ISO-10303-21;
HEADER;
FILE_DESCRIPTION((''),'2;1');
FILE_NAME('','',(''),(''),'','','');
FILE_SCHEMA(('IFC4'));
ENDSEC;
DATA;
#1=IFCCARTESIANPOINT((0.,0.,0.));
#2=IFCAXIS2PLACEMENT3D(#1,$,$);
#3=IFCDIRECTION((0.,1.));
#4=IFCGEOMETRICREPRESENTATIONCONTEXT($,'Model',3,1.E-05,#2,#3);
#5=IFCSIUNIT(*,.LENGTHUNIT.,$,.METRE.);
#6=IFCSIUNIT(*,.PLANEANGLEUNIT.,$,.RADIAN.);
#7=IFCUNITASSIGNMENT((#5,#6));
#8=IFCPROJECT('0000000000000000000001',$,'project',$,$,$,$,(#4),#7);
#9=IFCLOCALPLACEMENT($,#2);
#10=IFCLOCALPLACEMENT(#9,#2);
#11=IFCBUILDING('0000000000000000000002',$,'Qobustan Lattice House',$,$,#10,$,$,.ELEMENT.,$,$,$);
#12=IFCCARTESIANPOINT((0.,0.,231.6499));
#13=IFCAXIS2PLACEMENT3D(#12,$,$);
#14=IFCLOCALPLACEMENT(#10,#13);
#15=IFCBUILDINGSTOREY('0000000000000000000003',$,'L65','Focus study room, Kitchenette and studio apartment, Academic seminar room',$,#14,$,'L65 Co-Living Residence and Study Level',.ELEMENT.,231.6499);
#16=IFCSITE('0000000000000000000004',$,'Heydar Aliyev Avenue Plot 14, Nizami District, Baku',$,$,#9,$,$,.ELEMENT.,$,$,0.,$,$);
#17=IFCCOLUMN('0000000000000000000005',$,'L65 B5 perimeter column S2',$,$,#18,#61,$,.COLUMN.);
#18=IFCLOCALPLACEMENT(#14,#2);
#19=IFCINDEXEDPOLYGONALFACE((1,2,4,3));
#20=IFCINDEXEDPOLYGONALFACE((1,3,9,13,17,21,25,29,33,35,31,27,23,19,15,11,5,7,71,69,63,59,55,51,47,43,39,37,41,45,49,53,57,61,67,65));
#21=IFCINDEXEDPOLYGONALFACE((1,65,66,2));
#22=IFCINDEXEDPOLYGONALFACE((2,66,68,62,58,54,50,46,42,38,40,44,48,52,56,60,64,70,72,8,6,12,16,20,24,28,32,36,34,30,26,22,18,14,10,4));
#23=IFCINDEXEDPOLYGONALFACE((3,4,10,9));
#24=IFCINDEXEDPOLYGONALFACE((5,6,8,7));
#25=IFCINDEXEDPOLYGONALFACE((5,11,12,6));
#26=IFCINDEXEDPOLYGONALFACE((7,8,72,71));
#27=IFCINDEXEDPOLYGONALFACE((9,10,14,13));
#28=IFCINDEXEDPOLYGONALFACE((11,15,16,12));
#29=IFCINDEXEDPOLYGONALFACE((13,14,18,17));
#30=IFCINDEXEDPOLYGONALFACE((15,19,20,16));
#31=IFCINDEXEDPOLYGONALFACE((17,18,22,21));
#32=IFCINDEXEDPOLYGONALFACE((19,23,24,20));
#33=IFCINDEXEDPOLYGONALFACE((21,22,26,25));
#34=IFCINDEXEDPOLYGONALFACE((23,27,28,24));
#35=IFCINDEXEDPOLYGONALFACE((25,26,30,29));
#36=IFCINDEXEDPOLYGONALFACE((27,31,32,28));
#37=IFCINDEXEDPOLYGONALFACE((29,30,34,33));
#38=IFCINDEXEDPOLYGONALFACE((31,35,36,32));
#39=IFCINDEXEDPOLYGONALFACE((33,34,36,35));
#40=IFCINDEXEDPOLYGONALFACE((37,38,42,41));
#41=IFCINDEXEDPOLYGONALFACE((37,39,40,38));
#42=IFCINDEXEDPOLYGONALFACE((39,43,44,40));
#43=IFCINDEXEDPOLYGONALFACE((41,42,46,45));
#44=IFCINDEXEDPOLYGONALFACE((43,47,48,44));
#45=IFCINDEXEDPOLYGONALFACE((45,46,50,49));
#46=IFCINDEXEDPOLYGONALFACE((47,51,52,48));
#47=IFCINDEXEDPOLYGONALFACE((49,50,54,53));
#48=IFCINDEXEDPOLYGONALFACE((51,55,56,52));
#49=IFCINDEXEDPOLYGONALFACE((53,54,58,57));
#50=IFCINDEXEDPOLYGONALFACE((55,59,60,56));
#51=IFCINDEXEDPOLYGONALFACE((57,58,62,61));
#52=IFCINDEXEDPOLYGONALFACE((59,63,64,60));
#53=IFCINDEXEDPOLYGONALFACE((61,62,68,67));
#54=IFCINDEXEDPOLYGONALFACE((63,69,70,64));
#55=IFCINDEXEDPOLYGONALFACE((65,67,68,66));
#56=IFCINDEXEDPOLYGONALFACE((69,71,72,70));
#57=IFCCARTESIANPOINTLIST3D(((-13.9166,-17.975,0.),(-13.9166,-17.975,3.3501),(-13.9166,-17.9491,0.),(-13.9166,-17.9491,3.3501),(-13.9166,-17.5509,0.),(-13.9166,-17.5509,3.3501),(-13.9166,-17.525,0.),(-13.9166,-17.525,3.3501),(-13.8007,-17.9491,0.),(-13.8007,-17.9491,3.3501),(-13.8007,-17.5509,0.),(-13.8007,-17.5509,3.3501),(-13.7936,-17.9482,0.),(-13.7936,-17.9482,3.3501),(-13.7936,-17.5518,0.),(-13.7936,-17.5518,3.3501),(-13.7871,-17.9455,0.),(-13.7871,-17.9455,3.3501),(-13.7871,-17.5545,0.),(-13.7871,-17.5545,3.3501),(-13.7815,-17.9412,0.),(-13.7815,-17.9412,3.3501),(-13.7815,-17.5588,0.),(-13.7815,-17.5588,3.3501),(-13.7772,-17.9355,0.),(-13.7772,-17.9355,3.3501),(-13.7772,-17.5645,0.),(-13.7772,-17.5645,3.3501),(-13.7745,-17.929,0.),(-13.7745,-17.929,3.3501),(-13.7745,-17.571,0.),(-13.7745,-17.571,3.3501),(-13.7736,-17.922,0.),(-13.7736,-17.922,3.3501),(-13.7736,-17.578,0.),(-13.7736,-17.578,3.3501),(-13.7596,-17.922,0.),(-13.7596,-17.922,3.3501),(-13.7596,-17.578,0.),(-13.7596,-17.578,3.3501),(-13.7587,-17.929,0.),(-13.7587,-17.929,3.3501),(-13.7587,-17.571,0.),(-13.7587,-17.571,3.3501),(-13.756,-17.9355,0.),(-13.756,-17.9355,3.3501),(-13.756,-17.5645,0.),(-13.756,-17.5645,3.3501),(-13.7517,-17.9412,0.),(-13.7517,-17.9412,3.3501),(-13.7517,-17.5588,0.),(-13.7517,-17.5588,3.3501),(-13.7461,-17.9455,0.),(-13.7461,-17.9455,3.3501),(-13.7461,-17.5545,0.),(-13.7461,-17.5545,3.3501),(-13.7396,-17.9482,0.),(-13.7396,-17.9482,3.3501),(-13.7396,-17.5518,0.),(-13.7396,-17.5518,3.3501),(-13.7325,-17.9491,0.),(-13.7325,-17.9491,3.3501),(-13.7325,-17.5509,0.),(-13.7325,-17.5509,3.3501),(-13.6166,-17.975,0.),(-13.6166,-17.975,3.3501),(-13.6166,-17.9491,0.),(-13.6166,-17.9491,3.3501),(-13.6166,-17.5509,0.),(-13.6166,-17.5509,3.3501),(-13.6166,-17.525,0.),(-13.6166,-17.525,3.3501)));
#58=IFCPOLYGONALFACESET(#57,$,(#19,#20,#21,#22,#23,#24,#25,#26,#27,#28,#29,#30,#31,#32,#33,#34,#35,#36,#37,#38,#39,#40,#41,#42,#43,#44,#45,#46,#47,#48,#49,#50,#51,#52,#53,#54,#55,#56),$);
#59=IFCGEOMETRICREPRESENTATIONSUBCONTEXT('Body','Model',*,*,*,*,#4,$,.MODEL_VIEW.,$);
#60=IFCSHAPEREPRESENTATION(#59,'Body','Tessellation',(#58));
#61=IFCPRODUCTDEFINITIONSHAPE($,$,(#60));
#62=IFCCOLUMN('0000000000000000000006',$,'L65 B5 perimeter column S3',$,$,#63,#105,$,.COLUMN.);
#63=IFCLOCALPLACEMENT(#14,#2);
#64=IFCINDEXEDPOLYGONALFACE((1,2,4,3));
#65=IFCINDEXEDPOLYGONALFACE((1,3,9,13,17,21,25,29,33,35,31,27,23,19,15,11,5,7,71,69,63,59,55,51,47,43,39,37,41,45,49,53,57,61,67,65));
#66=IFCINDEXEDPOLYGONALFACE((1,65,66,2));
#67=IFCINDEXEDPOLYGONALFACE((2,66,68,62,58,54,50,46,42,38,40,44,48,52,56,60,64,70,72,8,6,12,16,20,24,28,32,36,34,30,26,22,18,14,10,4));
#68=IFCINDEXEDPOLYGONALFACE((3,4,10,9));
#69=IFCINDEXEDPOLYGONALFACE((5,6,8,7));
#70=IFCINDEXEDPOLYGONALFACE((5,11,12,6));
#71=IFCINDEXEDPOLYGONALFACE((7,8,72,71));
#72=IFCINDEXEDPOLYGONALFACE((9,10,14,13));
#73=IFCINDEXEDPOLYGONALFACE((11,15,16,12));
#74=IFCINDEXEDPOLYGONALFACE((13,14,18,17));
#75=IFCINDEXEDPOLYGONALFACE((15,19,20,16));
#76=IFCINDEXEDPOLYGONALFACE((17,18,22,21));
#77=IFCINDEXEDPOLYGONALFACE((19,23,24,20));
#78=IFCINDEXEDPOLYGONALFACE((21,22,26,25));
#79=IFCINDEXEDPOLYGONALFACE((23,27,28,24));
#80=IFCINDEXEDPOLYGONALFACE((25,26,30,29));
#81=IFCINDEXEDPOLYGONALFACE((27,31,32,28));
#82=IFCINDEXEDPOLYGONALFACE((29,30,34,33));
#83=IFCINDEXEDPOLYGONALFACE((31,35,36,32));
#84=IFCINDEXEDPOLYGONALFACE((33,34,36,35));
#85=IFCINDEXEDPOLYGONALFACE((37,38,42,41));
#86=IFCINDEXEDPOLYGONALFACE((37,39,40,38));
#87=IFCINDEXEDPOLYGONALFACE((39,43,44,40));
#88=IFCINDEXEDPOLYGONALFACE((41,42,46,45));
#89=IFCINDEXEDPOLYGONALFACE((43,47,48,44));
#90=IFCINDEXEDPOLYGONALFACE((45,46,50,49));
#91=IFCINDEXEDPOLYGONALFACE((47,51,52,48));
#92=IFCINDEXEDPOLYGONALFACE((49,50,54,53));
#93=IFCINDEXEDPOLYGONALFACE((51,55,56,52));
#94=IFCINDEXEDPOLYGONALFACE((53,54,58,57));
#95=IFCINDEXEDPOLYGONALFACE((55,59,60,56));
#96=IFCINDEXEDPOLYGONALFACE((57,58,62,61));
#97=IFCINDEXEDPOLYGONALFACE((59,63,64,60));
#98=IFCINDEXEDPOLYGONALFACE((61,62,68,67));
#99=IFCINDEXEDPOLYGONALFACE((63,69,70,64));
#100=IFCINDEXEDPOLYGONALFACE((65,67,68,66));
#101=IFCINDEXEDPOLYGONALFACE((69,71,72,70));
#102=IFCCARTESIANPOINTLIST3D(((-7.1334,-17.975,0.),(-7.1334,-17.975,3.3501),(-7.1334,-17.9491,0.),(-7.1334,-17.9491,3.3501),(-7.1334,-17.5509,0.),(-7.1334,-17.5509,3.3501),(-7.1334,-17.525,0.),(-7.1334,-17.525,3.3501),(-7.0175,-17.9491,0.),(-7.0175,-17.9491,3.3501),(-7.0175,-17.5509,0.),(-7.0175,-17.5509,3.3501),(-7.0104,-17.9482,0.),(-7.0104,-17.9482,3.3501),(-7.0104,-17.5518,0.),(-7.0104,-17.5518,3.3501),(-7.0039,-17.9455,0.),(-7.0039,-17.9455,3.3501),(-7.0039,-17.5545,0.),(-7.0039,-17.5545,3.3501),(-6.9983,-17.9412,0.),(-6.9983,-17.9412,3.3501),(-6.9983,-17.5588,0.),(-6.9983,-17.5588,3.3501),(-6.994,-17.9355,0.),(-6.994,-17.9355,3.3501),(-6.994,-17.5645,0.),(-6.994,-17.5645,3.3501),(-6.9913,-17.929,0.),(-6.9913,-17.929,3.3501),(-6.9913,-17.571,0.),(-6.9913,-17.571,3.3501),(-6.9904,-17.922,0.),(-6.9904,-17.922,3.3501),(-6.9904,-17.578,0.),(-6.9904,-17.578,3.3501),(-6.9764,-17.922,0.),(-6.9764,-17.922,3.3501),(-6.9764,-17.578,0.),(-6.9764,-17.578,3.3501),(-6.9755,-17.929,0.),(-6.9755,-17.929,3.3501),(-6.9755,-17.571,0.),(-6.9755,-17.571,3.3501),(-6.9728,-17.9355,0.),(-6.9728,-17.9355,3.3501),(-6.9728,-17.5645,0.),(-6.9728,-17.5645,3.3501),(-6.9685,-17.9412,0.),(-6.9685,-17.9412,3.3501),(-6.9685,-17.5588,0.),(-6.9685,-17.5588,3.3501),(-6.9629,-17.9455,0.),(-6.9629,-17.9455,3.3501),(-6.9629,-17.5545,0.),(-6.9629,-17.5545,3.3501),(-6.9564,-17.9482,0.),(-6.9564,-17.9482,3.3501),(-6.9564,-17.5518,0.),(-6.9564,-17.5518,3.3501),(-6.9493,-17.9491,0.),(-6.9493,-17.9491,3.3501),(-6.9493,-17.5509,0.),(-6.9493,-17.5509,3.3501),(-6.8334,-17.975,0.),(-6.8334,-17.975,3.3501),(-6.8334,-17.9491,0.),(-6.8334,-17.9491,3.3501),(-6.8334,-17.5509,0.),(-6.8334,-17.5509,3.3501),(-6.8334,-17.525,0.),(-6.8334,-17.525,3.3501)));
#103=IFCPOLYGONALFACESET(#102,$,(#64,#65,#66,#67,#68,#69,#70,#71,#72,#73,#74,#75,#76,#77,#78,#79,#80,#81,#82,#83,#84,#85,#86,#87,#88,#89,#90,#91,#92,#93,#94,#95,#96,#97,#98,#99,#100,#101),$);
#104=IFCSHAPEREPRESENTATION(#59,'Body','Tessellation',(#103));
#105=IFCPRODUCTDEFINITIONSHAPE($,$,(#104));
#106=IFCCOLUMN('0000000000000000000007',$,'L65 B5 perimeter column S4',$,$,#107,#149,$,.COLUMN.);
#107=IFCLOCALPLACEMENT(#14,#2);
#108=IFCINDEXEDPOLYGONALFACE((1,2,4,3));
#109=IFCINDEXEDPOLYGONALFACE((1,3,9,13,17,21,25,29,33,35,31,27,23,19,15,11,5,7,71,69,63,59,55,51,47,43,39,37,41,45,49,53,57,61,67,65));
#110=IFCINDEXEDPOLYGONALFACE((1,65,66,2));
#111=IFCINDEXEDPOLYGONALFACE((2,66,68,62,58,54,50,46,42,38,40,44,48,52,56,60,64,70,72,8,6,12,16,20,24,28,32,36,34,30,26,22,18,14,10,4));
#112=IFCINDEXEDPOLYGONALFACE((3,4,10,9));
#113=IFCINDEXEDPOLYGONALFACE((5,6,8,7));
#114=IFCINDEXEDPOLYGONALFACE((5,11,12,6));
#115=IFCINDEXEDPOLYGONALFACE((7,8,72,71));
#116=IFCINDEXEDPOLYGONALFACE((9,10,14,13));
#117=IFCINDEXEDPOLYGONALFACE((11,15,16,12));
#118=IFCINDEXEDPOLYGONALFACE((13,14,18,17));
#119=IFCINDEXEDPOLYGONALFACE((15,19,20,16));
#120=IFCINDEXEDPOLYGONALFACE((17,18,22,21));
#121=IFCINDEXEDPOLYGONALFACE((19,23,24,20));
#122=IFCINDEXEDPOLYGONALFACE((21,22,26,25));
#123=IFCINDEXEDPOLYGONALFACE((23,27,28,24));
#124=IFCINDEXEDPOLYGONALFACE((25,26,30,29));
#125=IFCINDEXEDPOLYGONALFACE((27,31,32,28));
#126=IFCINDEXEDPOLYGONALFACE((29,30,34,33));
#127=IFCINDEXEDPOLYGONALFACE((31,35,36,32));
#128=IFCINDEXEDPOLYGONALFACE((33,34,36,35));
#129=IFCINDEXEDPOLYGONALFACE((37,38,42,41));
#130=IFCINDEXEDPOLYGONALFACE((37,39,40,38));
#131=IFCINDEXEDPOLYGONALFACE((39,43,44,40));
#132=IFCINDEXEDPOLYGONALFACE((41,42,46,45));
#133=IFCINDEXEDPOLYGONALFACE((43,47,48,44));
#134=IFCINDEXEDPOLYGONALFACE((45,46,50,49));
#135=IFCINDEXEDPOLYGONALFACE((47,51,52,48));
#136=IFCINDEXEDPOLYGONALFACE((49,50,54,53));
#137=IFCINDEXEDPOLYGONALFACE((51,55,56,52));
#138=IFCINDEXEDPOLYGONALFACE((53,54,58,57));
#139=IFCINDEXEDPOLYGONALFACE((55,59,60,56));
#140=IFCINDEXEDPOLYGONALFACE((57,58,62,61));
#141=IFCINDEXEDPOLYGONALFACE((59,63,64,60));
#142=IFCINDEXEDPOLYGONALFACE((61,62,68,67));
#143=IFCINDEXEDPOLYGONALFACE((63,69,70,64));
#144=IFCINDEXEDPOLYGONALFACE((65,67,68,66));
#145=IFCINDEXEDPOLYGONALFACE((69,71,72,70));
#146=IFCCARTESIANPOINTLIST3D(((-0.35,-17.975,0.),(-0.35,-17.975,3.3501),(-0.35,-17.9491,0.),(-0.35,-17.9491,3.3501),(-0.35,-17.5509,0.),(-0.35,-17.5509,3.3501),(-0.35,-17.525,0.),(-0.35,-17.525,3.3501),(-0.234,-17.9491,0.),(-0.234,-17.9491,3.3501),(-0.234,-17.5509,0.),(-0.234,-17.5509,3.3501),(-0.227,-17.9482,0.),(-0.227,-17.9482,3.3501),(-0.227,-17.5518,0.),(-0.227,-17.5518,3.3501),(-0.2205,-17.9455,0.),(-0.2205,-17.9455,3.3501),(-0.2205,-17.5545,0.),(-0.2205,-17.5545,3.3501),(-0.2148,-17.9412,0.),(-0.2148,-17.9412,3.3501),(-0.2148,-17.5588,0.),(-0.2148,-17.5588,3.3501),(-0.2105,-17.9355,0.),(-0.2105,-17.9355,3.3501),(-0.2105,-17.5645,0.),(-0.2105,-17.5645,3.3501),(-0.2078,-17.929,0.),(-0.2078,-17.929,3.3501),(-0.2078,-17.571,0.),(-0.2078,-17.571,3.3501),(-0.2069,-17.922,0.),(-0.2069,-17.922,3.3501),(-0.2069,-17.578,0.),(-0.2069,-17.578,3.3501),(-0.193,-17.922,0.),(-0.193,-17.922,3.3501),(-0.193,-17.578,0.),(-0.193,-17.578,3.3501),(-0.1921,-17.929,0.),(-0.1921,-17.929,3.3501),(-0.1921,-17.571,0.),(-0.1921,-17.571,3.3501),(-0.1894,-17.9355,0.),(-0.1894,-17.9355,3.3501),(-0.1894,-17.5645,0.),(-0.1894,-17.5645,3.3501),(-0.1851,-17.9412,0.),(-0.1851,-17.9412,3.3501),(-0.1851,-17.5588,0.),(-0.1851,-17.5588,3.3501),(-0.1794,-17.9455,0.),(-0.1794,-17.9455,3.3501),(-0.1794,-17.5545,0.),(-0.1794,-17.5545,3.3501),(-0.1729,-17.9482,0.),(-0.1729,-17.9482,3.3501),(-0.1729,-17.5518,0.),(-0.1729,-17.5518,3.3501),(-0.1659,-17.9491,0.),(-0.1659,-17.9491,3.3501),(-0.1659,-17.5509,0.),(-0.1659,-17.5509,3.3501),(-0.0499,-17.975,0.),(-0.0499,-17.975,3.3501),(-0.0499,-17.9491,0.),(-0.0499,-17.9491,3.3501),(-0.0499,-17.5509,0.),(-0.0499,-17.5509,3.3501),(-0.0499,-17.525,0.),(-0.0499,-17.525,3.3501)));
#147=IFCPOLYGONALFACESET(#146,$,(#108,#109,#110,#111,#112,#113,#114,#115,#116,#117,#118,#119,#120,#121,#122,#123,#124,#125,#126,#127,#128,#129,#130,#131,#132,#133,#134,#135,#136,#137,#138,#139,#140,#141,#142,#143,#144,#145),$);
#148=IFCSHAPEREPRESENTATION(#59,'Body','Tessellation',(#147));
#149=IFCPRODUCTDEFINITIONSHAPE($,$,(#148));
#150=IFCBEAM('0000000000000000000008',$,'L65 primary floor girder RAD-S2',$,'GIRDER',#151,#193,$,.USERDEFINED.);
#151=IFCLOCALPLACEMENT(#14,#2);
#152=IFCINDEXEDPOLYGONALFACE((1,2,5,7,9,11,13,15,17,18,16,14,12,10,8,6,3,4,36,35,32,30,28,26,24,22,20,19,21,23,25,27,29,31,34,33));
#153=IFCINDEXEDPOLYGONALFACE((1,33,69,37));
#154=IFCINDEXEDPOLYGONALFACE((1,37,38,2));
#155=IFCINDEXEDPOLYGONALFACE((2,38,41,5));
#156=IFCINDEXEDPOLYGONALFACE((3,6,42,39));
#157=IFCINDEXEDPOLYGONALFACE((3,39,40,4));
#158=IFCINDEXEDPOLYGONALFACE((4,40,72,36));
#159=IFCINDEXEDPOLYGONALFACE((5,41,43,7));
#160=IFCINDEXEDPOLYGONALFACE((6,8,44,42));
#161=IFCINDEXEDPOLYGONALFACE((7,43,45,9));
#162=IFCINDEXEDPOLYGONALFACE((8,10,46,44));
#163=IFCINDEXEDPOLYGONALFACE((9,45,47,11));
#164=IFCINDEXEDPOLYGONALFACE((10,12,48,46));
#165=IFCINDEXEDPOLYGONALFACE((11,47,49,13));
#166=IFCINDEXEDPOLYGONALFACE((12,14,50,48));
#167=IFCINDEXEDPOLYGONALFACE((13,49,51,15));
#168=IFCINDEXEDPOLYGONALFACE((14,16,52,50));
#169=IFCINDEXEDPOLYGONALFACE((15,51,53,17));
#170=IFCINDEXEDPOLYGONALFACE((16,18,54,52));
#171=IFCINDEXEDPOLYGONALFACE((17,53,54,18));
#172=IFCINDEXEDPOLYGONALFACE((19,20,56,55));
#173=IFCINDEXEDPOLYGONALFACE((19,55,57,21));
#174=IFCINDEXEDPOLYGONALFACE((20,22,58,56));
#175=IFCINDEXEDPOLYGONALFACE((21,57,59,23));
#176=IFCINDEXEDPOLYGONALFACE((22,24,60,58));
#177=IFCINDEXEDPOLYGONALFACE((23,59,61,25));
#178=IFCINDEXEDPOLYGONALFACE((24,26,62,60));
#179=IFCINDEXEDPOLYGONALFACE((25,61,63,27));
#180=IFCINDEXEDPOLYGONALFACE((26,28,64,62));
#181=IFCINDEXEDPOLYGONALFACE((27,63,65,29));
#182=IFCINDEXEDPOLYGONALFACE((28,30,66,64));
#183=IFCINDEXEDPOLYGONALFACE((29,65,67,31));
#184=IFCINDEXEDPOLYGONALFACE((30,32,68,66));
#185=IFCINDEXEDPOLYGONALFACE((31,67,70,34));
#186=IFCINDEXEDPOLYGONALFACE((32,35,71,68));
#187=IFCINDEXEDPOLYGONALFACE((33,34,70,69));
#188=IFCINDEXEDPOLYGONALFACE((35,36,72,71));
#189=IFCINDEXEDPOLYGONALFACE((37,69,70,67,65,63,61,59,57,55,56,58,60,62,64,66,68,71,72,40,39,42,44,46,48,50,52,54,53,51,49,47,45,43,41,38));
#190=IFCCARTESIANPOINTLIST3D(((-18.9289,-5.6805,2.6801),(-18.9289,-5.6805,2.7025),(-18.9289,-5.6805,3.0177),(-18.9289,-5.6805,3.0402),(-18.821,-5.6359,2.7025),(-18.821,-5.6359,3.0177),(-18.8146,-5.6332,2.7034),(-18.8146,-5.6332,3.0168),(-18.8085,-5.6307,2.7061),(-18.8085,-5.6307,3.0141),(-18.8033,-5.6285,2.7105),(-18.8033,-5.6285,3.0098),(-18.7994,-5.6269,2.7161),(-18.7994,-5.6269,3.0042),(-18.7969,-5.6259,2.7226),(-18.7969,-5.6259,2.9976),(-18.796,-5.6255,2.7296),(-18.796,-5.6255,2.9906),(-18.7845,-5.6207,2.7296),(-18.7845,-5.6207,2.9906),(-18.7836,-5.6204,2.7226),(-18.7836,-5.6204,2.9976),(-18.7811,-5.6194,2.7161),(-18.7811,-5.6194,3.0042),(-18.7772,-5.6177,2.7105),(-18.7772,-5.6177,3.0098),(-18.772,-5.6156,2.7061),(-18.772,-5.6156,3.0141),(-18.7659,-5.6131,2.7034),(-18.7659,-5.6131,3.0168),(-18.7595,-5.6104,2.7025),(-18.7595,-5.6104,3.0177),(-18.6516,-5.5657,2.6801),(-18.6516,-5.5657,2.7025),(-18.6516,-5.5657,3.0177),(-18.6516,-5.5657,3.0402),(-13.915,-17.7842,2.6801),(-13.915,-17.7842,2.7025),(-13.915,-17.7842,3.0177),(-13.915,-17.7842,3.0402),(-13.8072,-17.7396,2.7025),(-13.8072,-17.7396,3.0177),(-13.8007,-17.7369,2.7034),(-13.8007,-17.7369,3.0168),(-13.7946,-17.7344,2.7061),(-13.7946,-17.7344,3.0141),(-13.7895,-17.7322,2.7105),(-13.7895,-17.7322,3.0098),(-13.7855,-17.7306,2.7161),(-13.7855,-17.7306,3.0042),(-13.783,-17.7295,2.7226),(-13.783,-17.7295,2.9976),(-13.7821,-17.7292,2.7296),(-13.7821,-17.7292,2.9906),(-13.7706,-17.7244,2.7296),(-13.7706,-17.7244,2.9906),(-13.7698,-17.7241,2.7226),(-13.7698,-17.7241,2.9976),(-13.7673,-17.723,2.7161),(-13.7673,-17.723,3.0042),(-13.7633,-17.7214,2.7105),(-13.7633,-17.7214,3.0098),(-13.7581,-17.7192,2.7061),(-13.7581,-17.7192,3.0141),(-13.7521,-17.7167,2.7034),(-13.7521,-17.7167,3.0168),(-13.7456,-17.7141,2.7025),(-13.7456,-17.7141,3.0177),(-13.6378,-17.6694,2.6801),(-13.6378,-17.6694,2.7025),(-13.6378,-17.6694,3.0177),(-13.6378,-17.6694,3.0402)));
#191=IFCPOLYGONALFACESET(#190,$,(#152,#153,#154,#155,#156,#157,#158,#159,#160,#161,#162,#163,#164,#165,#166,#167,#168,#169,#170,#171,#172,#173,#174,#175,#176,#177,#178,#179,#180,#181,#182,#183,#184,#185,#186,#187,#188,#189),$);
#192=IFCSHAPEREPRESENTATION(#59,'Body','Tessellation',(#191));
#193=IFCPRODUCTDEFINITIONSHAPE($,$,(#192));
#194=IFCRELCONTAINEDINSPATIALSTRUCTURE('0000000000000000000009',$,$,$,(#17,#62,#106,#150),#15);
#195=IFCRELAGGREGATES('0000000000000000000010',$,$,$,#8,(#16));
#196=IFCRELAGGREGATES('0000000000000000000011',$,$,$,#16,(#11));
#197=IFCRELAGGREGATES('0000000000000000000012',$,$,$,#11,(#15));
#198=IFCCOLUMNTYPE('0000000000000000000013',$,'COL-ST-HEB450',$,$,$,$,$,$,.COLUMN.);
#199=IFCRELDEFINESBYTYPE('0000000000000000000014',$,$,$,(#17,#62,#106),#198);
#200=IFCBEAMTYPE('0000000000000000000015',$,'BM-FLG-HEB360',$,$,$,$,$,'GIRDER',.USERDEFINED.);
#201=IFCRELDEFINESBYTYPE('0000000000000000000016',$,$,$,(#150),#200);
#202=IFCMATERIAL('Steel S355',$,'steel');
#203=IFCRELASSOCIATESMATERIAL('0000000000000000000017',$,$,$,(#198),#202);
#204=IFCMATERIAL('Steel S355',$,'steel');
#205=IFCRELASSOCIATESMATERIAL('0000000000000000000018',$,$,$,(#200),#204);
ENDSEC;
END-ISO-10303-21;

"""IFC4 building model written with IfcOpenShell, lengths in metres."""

from ifc_helpers import new_model, si_unit, direction, frame, origin, origin_2d, place, context, subcontext, project, spatial, i_section, extrude, material, material_profile, profile_set, type_object, element, save


model = new_model("IFC4")

# Units and contexts
model_context = context("Model", 3, precision=1e-05, world=origin(), true_north=direction((0.0, 1.0)))
body_context = subcontext(model_context, "Body", "Model", "MODEL_VIEW")
ifc_project = project(units=[si_unit("LENGTHUNIT", "METRE"), si_unit("PLANEANGLEUNIT", "RADIAN")], contexts=[model_context])

# Site, building, storey
site_placement = place(None, origin())
site = spatial("IfcSite", under=ifc_project, at=site_placement, Name="Heydar Aliyev Avenue Plot 14, Nizami District, Baku", CompositionType="ELEMENT", RefElevation=0.0)
building_placement = place(site_placement, origin())
building = spatial("IfcBuilding", under=site, at=building_placement, Name="Qobustan Lattice House", CompositionType="ELEMENT")
storey_placement = place(building_placement, frame((0.0, 0.0, 231.6499)))
storey = spatial("IfcBuildingStorey", under=building, at=storey_placement, Name="L65", Description="Focus study room, Kitchenette and studio apartment, Academic seminar room", LongName="L65 Co-Living Residence and Study Level", CompositionType="ELEMENT", Elevation=231.6499)

# Columns
ifc_material_1 = material(Name="Steel S355", Category="steel")
ifc_material_profile_1 = material_profile(ifc_material_1, i_section(OverallWidth=0.3, OverallDepth=0.45, WebThickness=0.0139, FlangeThickness=0.0259, FilletRadius=0.0271, at=origin_2d()), Name="HEB450")
ifc_profile_set_1 = profile_set([ifc_material_profile_1], Name="Steel S355")
column_type = type_object("IfcColumnType", Name="COL-ST-HEB450", PredefinedType="COLUMN", material=ifc_profile_set_1)
for number, where, z_axis, x_axis, name in (
    (1, (-13.7666, -17.75, 0.0), (0.0, 0.0, 1.0), (1.0, 0.0, 0.0), "L65 B5 perimeter column S2"),
    (2, (-6.9834, -17.75, 0.0), (0.0, 0.0, 1.0), (1.0, 0.0, 0.0), "L65 B5 perimeter column S3"),
    (3, (-0.2, -17.75, 0.0), (0.0, 0.0, 1.0), (1.0, 0.0, 0.0), "L65 B5 perimeter column S4"),
):
    element("IfcColumn", number, at=place(storey_placement, frame(where, z_axis=z_axis, x_axis=x_axis)), inside=storey, type_object=column_type, Name=name, PredefinedType="COLUMN", context=body_context, shape_type="SweptSolid", body=[
        extrude(i_section(OverallWidth=0.3, OverallDepth=0.45, WebThickness=0.0139, FlangeThickness=0.0259, FilletRadius=0.0271, at=origin_2d()), origin(), (0.0, 0.0, 1.0), 3.3501),
    ])

# Beam
ifc_material_2 = material(Name="Steel S355", Category="steel")
ifc_material_profile_2 = material_profile(ifc_material_2, i_section(OverallWidth=0.3, OverallDepth=0.3601, WebThickness=0.0125, FlangeThickness=0.0225, FilletRadius=0.0271, at=origin_2d()), Name="HEB360")
ifc_profile_set_2 = profile_set([ifc_material_profile_2], Name="Steel S355")
beam_type_1 = type_object("IfcBeamType", Name="BM-FLG-HEB360", ElementType="GIRDER", PredefinedType="USERDEFINED", material=ifc_profile_set_2)
beam_1_placement = place(storey_placement, frame((-13.7764, -17.7268, 2.8601), z_axis=(-0.382708, 0.923869, 0.0), x_axis=(-0.923869, -0.382708, 0.0)))
element("IfcBeam", 4, at=beam_1_placement, inside=storey, type_object=beam_type_1, Name="L65 primary floor girder RAD-S2", ObjectType="GIRDER", PredefinedType="USERDEFINED", context=body_context, shape_type="SweptSolid", body=[
    extrude(i_section(OverallWidth=0.3, OverallDepth=0.3601, WebThickness=0.0125, FlangeThickness=0.0225, FilletRadius=0.0271, at=origin_2d()), origin(), (0.0, 0.0, 1.0), 13.1011),
])

save(model, "model.ifc")
